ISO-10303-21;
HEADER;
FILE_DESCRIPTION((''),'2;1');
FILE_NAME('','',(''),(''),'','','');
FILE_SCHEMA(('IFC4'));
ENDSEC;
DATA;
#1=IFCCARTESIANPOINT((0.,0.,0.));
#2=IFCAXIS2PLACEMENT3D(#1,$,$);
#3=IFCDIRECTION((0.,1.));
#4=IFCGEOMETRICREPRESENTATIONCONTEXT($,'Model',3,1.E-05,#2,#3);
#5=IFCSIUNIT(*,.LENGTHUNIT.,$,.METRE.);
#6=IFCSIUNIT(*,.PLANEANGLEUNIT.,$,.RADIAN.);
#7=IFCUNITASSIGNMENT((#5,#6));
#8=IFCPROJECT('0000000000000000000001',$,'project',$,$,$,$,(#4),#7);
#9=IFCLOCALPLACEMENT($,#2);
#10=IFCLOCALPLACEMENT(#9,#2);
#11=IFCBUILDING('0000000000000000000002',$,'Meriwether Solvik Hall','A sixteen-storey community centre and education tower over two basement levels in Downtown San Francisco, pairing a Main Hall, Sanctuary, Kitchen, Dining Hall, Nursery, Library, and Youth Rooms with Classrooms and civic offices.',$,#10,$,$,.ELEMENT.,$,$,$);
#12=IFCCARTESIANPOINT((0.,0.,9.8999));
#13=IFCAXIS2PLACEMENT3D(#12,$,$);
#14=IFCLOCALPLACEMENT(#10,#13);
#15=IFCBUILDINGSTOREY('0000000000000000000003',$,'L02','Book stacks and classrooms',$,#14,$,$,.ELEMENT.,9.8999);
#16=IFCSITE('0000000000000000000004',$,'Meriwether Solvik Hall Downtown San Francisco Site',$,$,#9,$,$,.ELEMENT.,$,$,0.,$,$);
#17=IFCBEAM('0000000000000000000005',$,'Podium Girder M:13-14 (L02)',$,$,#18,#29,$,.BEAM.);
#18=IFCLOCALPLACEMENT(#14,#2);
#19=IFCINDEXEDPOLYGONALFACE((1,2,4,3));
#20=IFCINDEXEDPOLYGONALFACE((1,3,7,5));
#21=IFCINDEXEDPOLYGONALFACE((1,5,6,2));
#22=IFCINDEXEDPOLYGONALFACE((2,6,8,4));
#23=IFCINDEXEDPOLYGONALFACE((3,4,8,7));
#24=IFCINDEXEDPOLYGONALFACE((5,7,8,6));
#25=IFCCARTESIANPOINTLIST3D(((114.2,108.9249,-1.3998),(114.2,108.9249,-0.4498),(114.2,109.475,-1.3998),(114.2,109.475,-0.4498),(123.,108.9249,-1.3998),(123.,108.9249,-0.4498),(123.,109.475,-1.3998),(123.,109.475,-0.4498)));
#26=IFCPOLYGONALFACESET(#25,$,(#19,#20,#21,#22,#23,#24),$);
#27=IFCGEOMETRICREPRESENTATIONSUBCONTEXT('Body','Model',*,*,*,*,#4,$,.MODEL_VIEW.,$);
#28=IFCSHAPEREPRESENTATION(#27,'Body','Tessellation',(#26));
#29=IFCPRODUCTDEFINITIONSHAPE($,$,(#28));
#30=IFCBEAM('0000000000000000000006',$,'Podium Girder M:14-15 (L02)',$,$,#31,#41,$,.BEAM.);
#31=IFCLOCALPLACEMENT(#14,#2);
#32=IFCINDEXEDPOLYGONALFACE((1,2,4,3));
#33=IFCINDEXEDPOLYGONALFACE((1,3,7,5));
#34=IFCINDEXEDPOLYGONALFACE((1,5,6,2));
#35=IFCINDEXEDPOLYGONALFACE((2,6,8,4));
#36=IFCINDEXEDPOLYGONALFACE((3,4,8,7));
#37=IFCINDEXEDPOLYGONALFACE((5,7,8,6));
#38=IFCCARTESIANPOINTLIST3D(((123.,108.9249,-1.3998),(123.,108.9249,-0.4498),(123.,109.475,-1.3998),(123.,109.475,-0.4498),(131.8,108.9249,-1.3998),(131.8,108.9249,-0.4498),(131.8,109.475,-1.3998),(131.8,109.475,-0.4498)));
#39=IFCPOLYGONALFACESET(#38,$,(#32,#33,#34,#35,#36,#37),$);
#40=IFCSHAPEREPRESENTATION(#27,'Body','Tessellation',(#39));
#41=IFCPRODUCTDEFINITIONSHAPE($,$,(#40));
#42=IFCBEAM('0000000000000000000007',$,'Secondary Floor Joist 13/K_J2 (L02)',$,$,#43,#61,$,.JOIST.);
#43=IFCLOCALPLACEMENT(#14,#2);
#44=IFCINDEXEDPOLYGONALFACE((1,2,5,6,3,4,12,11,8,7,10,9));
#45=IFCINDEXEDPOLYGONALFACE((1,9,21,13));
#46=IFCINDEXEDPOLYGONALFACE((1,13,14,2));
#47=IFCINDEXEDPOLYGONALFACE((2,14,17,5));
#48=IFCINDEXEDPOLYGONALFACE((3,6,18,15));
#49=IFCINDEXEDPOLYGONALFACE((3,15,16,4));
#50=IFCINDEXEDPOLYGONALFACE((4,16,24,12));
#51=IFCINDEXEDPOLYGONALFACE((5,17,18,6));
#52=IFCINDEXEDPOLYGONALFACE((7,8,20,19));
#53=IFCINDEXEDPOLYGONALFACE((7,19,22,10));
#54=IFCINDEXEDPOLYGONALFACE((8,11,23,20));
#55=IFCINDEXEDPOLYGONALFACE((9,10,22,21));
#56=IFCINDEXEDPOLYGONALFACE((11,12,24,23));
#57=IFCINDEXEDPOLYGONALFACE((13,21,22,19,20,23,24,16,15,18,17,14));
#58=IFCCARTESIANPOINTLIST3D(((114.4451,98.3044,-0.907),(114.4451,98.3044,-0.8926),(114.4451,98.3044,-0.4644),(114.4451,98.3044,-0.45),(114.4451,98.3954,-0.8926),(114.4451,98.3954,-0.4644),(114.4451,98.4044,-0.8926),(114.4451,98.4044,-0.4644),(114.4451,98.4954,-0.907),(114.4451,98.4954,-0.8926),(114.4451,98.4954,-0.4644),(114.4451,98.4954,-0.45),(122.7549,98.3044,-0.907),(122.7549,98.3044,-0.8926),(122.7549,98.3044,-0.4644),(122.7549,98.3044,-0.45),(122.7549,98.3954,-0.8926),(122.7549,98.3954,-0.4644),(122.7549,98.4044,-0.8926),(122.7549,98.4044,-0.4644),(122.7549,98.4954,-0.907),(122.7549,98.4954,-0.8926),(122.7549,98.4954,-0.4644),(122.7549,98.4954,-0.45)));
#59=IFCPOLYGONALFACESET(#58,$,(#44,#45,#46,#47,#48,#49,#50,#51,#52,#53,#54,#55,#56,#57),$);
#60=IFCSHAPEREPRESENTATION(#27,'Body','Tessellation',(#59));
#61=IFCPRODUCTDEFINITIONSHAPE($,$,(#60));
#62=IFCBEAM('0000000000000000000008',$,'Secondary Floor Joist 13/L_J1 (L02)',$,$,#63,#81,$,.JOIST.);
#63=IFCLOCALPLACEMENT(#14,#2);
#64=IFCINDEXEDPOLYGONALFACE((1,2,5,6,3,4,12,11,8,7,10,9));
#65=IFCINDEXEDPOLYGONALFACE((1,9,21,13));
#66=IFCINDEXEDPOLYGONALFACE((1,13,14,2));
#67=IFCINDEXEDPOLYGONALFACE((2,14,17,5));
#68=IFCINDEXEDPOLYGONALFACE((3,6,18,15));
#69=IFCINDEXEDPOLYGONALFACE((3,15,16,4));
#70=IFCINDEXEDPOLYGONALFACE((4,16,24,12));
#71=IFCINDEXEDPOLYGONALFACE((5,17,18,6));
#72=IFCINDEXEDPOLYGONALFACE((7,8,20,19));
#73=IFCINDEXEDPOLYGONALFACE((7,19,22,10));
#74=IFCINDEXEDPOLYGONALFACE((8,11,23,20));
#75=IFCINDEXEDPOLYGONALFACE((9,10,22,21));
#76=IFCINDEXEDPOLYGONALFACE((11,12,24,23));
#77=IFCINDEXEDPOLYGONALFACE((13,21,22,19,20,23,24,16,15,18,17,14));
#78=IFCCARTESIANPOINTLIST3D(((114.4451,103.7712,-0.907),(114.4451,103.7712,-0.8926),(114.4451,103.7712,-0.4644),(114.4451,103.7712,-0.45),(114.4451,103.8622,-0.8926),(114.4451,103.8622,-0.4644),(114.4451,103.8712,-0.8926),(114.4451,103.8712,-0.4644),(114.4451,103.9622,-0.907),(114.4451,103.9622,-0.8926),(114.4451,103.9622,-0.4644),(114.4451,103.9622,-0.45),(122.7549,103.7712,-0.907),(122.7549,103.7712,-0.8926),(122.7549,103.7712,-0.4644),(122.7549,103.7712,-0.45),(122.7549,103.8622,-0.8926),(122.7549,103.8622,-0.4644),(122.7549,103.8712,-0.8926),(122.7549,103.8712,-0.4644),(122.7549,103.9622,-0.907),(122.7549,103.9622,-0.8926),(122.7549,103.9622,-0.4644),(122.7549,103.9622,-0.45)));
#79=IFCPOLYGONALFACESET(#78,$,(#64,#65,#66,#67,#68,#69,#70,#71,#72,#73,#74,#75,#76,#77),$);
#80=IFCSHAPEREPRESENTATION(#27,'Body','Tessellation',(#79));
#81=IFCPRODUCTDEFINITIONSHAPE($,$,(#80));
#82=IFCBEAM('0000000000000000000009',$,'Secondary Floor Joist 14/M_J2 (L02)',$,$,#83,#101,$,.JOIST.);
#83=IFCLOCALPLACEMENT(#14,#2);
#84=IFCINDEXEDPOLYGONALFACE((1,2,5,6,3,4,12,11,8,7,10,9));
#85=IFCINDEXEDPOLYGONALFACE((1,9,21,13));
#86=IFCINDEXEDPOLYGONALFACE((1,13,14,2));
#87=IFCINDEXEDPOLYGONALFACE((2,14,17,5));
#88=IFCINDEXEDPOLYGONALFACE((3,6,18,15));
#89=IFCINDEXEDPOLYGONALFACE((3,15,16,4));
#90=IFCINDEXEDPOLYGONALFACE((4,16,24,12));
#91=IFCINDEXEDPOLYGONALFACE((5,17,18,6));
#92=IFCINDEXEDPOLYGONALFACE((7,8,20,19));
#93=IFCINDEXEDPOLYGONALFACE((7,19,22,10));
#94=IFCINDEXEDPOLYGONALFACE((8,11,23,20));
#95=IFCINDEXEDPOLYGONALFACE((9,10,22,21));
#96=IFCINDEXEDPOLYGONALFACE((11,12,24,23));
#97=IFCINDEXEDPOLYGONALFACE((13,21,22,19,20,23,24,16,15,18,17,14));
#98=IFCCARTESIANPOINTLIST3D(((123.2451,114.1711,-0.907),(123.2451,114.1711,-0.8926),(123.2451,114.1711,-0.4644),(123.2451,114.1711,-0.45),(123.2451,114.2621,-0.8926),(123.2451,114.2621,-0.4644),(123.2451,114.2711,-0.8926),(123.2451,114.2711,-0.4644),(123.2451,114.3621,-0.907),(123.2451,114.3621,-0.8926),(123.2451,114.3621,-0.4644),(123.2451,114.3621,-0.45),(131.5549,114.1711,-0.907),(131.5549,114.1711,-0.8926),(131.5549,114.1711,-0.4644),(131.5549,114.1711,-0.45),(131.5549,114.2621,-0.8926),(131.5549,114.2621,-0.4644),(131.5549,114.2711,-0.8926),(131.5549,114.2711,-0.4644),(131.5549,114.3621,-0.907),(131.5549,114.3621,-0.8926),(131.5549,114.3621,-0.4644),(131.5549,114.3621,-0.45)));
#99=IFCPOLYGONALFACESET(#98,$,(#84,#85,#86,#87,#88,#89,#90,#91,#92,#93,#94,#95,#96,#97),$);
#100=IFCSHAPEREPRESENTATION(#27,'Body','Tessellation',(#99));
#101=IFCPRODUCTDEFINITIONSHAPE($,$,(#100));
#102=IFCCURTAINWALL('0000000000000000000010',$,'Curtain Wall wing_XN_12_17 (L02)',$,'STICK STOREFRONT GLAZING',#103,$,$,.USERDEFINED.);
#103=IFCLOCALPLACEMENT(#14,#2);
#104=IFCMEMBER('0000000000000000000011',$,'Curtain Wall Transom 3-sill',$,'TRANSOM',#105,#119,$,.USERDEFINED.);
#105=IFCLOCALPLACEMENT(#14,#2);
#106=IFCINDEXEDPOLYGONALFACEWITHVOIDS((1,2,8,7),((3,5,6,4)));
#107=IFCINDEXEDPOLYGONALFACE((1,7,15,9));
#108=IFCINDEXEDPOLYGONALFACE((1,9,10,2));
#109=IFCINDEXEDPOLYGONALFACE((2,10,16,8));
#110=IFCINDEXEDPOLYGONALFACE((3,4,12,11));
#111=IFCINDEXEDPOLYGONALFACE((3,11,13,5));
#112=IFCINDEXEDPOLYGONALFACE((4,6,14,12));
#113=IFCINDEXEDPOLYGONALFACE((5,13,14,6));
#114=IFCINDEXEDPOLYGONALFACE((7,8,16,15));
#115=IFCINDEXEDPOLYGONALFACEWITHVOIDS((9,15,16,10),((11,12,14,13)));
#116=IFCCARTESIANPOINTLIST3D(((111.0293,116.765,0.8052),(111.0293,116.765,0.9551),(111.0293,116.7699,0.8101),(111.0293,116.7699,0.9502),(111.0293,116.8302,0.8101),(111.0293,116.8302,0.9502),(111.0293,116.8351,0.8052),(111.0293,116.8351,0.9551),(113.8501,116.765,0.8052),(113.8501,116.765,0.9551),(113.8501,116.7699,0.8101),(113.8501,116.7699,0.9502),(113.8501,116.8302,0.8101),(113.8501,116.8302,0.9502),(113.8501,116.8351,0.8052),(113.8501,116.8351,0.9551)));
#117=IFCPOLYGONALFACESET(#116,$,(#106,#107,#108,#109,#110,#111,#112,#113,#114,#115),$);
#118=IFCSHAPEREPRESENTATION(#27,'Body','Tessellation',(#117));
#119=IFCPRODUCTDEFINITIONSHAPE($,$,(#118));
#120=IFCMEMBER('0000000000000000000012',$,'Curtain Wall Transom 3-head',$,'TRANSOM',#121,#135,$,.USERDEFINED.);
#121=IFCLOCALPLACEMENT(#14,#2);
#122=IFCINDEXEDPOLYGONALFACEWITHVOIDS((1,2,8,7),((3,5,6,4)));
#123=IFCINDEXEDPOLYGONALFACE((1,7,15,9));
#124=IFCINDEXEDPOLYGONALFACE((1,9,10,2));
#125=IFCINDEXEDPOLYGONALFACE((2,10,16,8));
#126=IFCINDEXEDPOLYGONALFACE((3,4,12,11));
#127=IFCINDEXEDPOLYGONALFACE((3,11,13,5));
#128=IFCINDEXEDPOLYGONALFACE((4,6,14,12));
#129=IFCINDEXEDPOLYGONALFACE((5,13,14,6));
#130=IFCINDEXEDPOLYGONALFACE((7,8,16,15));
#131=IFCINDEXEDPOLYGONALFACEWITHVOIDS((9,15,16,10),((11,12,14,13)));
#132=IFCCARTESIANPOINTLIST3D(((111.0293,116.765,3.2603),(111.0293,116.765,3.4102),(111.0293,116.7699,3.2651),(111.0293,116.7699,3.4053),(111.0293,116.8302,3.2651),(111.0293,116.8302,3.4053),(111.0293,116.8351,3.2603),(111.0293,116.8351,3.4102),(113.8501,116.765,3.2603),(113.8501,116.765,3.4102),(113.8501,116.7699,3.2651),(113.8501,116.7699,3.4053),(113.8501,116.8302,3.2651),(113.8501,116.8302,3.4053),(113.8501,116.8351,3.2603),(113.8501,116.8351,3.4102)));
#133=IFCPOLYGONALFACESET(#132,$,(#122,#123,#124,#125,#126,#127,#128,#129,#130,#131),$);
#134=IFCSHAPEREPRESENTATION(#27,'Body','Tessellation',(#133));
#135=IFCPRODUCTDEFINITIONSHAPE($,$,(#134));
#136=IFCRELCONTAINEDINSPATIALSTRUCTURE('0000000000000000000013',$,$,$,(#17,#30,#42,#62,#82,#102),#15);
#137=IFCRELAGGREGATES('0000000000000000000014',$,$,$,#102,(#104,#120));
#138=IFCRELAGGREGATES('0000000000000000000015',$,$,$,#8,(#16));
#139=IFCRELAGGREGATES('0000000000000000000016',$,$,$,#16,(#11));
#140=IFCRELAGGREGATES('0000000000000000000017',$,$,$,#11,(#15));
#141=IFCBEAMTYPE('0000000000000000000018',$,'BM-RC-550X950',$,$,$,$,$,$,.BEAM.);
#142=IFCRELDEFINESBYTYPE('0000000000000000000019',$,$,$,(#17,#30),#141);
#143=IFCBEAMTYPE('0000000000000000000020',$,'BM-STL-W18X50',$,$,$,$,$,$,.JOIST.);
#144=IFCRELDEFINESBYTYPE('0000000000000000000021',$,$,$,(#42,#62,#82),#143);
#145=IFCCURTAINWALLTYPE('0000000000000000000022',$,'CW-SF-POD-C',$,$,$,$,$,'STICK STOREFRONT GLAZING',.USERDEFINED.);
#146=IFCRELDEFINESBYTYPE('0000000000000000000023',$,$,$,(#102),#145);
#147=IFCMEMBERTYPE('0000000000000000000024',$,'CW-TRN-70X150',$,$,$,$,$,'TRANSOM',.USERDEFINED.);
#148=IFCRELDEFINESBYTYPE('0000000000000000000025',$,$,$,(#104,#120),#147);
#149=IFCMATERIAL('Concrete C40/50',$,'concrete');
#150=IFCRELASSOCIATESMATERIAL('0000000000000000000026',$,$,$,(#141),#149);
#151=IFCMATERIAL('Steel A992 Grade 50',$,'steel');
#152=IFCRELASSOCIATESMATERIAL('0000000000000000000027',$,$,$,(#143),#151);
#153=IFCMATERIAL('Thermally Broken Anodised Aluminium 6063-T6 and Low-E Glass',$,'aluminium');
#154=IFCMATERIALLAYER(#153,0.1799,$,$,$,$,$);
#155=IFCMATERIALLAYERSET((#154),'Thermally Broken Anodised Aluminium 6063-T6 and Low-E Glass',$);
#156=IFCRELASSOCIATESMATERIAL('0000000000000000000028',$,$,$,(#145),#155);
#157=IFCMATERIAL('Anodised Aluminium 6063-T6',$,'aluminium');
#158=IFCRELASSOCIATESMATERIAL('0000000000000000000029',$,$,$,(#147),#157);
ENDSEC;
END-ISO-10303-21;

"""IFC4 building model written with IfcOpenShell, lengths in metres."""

from ifc_helpers import new_model, si_unit, direction, frame, origin, origin_2d, place, context, subcontext, project, spatial, rectangle, hollow_rectangle, i_section, extrude, material, layer, layer_set, material_profile, profile_set, type_object, element, aggregate, save


model = new_model("IFC4")

# Units and contexts
model_context = context("Model", 3, precision=1e-05, world=origin(), true_north=direction((0.0, 1.0)))
body_context = subcontext(model_context, "Body", "Model", "MODEL_VIEW")
ifc_project = project(units=[si_unit("LENGTHUNIT", "METRE"), si_unit("PLANEANGLEUNIT", "RADIAN")], contexts=[model_context])

# Site, building, storey
site_placement = place(None, origin())
site = spatial("IfcSite", under=ifc_project, at=site_placement, Name="Meriwether Solvik Hall Downtown San Francisco Site", CompositionType="ELEMENT", RefElevation=0.0)
building_placement = place(site_placement, origin())
building = spatial("IfcBuilding", under=site, at=building_placement, Name="Meriwether Solvik Hall", Description="A sixteen-storey community centre and education tower over two basement levels in Downtown San Francisco, pairing a Main Hall, Sanctuary, Kitchen, Dining Hall, Nursery, Library, and Youth Rooms with Classrooms and civic offices.", CompositionType="ELEMENT")
storey_placement = place(building_placement, frame((0.0, 0.0, 9.8999)))
storey = spatial("IfcBuildingStorey", under=building, at=storey_placement, Name="L02", Description="Book stacks and classrooms", CompositionType="ELEMENT", Elevation=9.8999)

# Beams
ifc_material_1 = material(Name="Concrete C40/50", Category="concrete")
ifc_material_profile_1 = material_profile(ifc_material_1, rectangle(XDim=0.55, YDim=0.95, at=origin_2d()), Name="RCB-550X950")
ifc_profile_set_1 = profile_set([ifc_material_profile_1], Name="Concrete C40/50")
beam_type_1 = type_object("IfcBeamType", Name="BM-RC-550X950", PredefinedType="BEAM", material=ifc_profile_set_1)
for number, where, z_axis, x_axis, name in (
    (1, (114.2, 109.2, -0.9248), (1.0, 0.0, 0.0), (0.0, 1.0, 0.0), "Podium Girder M:13-14 (L02)"),
    (2, (123.0, 109.2, -0.9248), (1.0, 0.0, 0.0), (0.0, 1.0, 0.0), "Podium Girder M:14-15 (L02)"),
):
    element("IfcBeam", number, at=place(storey_placement, frame(where, z_axis=z_axis, x_axis=x_axis)), inside=storey, type_object=beam_type_1, Name=name, PredefinedType="BEAM", context=body_context, shape_type="SweptSolid", body=[
        extrude(rectangle(XDim=0.55, YDim=0.95, at=origin_2d()), origin(), (0.0, 0.0, 1.0), 8.8),
    ])
ifc_material_2 = material(Name="Steel A992 Grade 50", Category="steel")
ifc_material_profile_2 = material_profile(ifc_material_2, i_section(OverallWidth=0.1909, OverallDepth=0.457, WebThickness=0.009, FlangeThickness=0.0144, at=origin_2d()), Name="W18X50")
ifc_profile_set_2 = profile_set([ifc_material_profile_2], Name="Steel A992 Grade 50")
beam_type_2 = type_object("IfcBeamType", Name="BM-STL-W18X50", PredefinedType="JOIST", material=ifc_profile_set_2)
for number, where, z_axis, x_axis, name in (
    (3, (114.4451, 98.3999, -0.6785), (1.0, 0.0, 0.0), (0.0, 1.0, 0.0), "Secondary Floor Joist 13/K_J2 (L02)"),
    (4, (114.4451, 103.8667, -0.6785), (1.0, 0.0, 0.0), (0.0, 1.0, 0.0), "Secondary Floor Joist 13/L_J1 (L02)"),
    (5, (123.2451, 114.2666, -0.6785), (1.0, 0.0, 0.0), (0.0, 1.0, 0.0), "Secondary Floor Joist 14/M_J2 (L02)"),
):
    element("IfcBeam", number, at=place(storey_placement, frame(where, z_axis=z_axis, x_axis=x_axis)), inside=storey, type_object=beam_type_2, Name=name, PredefinedType="JOIST", context=body_context, shape_type="SweptSolid", body=[
        extrude(i_section(OverallWidth=0.1909, OverallDepth=0.457, WebThickness=0.009, FlangeThickness=0.0144, at=origin_2d()), origin(), (0.0, 0.0, 1.0), 8.3098),
    ])

# Curtain wall, members
ifc_material_3 = material(Name="Thermally Broken Anodised Aluminium 6063-T6 and Low-E Glass", Category="aluminium")
ifc_layer = layer(ifc_material_3, 0.1799)
ifc_layer_set = layer_set([ifc_layer], Name="Thermally Broken Anodised Aluminium 6063-T6 and Low-E Glass")
curtain_wall_type = type_object("IfcCurtainWallType", Name="CW-SF-POD-C", ElementType="STICK STOREFRONT GLAZING", PredefinedType="USERDEFINED", material=ifc_layer_set)
curtain_wall_placement = place(storey_placement, origin())
curtain_wall = element("IfcCurtainWall", 6, at=curtain_wall_placement, inside=storey, type_object=curtain_wall_type, Name="Curtain Wall wing_XN_12_17 (L02)", ObjectType="STICK STOREFRONT GLAZING", PredefinedType="USERDEFINED")
ifc_material_4 = material(Name="Anodised Aluminium 6063-T6", Category="aluminium")
ifc_material_profile_3 = material_profile(ifc_material_4, hollow_rectangle(XDim=0.0701, YDim=0.1499, WallThickness=0.0049, at=origin_2d()), Name="CWT-70X150")
ifc_profile_set_3 = profile_set([ifc_material_profile_3], Name="Anodised Aluminium 6063-T6")
member_type = type_object("IfcMemberType", Name="CW-TRN-70X150", ElementType="TRANSOM", PredefinedType="USERDEFINED", material=ifc_profile_set_3)
member_1_placement = place(storey_placement, frame((111.0293, 116.8, 0.8801), z_axis=(1.0, 0.0, 0.0), x_axis=(0.0, 1.0, 0.0)))
member_1 = element("IfcMember", 7, at=member_1_placement, type_object=member_type, Name="Curtain Wall Transom 3-sill", ObjectType="TRANSOM", PredefinedType="USERDEFINED", context=body_context, shape_type="SweptSolid", body=[
    extrude(hollow_rectangle(XDim=0.0701, YDim=0.1499, WallThickness=0.0049, at=origin_2d()), origin(), (0.0, 0.0, 1.0), 2.8208),
])
member_2_placement = place(storey_placement, frame((111.0293, 116.8, 3.3352), z_axis=(1.0, 0.0, 0.0), x_axis=(0.0, 1.0, 0.0)))
member_2 = element("IfcMember", 8, at=member_2_placement, type_object=member_type, Name="Curtain Wall Transom 3-head", ObjectType="TRANSOM", PredefinedType="USERDEFINED", context=body_context, shape_type="SweptSolid", body=[
    extrude(hollow_rectangle(XDim=0.0701, YDim=0.1499, WallThickness=0.0049, at=origin_2d()), origin(), (0.0, 0.0, 1.0), 2.8208),
])
aggregate(curtain_wall, [member_1, member_2])

save(model, "model.ifc")
